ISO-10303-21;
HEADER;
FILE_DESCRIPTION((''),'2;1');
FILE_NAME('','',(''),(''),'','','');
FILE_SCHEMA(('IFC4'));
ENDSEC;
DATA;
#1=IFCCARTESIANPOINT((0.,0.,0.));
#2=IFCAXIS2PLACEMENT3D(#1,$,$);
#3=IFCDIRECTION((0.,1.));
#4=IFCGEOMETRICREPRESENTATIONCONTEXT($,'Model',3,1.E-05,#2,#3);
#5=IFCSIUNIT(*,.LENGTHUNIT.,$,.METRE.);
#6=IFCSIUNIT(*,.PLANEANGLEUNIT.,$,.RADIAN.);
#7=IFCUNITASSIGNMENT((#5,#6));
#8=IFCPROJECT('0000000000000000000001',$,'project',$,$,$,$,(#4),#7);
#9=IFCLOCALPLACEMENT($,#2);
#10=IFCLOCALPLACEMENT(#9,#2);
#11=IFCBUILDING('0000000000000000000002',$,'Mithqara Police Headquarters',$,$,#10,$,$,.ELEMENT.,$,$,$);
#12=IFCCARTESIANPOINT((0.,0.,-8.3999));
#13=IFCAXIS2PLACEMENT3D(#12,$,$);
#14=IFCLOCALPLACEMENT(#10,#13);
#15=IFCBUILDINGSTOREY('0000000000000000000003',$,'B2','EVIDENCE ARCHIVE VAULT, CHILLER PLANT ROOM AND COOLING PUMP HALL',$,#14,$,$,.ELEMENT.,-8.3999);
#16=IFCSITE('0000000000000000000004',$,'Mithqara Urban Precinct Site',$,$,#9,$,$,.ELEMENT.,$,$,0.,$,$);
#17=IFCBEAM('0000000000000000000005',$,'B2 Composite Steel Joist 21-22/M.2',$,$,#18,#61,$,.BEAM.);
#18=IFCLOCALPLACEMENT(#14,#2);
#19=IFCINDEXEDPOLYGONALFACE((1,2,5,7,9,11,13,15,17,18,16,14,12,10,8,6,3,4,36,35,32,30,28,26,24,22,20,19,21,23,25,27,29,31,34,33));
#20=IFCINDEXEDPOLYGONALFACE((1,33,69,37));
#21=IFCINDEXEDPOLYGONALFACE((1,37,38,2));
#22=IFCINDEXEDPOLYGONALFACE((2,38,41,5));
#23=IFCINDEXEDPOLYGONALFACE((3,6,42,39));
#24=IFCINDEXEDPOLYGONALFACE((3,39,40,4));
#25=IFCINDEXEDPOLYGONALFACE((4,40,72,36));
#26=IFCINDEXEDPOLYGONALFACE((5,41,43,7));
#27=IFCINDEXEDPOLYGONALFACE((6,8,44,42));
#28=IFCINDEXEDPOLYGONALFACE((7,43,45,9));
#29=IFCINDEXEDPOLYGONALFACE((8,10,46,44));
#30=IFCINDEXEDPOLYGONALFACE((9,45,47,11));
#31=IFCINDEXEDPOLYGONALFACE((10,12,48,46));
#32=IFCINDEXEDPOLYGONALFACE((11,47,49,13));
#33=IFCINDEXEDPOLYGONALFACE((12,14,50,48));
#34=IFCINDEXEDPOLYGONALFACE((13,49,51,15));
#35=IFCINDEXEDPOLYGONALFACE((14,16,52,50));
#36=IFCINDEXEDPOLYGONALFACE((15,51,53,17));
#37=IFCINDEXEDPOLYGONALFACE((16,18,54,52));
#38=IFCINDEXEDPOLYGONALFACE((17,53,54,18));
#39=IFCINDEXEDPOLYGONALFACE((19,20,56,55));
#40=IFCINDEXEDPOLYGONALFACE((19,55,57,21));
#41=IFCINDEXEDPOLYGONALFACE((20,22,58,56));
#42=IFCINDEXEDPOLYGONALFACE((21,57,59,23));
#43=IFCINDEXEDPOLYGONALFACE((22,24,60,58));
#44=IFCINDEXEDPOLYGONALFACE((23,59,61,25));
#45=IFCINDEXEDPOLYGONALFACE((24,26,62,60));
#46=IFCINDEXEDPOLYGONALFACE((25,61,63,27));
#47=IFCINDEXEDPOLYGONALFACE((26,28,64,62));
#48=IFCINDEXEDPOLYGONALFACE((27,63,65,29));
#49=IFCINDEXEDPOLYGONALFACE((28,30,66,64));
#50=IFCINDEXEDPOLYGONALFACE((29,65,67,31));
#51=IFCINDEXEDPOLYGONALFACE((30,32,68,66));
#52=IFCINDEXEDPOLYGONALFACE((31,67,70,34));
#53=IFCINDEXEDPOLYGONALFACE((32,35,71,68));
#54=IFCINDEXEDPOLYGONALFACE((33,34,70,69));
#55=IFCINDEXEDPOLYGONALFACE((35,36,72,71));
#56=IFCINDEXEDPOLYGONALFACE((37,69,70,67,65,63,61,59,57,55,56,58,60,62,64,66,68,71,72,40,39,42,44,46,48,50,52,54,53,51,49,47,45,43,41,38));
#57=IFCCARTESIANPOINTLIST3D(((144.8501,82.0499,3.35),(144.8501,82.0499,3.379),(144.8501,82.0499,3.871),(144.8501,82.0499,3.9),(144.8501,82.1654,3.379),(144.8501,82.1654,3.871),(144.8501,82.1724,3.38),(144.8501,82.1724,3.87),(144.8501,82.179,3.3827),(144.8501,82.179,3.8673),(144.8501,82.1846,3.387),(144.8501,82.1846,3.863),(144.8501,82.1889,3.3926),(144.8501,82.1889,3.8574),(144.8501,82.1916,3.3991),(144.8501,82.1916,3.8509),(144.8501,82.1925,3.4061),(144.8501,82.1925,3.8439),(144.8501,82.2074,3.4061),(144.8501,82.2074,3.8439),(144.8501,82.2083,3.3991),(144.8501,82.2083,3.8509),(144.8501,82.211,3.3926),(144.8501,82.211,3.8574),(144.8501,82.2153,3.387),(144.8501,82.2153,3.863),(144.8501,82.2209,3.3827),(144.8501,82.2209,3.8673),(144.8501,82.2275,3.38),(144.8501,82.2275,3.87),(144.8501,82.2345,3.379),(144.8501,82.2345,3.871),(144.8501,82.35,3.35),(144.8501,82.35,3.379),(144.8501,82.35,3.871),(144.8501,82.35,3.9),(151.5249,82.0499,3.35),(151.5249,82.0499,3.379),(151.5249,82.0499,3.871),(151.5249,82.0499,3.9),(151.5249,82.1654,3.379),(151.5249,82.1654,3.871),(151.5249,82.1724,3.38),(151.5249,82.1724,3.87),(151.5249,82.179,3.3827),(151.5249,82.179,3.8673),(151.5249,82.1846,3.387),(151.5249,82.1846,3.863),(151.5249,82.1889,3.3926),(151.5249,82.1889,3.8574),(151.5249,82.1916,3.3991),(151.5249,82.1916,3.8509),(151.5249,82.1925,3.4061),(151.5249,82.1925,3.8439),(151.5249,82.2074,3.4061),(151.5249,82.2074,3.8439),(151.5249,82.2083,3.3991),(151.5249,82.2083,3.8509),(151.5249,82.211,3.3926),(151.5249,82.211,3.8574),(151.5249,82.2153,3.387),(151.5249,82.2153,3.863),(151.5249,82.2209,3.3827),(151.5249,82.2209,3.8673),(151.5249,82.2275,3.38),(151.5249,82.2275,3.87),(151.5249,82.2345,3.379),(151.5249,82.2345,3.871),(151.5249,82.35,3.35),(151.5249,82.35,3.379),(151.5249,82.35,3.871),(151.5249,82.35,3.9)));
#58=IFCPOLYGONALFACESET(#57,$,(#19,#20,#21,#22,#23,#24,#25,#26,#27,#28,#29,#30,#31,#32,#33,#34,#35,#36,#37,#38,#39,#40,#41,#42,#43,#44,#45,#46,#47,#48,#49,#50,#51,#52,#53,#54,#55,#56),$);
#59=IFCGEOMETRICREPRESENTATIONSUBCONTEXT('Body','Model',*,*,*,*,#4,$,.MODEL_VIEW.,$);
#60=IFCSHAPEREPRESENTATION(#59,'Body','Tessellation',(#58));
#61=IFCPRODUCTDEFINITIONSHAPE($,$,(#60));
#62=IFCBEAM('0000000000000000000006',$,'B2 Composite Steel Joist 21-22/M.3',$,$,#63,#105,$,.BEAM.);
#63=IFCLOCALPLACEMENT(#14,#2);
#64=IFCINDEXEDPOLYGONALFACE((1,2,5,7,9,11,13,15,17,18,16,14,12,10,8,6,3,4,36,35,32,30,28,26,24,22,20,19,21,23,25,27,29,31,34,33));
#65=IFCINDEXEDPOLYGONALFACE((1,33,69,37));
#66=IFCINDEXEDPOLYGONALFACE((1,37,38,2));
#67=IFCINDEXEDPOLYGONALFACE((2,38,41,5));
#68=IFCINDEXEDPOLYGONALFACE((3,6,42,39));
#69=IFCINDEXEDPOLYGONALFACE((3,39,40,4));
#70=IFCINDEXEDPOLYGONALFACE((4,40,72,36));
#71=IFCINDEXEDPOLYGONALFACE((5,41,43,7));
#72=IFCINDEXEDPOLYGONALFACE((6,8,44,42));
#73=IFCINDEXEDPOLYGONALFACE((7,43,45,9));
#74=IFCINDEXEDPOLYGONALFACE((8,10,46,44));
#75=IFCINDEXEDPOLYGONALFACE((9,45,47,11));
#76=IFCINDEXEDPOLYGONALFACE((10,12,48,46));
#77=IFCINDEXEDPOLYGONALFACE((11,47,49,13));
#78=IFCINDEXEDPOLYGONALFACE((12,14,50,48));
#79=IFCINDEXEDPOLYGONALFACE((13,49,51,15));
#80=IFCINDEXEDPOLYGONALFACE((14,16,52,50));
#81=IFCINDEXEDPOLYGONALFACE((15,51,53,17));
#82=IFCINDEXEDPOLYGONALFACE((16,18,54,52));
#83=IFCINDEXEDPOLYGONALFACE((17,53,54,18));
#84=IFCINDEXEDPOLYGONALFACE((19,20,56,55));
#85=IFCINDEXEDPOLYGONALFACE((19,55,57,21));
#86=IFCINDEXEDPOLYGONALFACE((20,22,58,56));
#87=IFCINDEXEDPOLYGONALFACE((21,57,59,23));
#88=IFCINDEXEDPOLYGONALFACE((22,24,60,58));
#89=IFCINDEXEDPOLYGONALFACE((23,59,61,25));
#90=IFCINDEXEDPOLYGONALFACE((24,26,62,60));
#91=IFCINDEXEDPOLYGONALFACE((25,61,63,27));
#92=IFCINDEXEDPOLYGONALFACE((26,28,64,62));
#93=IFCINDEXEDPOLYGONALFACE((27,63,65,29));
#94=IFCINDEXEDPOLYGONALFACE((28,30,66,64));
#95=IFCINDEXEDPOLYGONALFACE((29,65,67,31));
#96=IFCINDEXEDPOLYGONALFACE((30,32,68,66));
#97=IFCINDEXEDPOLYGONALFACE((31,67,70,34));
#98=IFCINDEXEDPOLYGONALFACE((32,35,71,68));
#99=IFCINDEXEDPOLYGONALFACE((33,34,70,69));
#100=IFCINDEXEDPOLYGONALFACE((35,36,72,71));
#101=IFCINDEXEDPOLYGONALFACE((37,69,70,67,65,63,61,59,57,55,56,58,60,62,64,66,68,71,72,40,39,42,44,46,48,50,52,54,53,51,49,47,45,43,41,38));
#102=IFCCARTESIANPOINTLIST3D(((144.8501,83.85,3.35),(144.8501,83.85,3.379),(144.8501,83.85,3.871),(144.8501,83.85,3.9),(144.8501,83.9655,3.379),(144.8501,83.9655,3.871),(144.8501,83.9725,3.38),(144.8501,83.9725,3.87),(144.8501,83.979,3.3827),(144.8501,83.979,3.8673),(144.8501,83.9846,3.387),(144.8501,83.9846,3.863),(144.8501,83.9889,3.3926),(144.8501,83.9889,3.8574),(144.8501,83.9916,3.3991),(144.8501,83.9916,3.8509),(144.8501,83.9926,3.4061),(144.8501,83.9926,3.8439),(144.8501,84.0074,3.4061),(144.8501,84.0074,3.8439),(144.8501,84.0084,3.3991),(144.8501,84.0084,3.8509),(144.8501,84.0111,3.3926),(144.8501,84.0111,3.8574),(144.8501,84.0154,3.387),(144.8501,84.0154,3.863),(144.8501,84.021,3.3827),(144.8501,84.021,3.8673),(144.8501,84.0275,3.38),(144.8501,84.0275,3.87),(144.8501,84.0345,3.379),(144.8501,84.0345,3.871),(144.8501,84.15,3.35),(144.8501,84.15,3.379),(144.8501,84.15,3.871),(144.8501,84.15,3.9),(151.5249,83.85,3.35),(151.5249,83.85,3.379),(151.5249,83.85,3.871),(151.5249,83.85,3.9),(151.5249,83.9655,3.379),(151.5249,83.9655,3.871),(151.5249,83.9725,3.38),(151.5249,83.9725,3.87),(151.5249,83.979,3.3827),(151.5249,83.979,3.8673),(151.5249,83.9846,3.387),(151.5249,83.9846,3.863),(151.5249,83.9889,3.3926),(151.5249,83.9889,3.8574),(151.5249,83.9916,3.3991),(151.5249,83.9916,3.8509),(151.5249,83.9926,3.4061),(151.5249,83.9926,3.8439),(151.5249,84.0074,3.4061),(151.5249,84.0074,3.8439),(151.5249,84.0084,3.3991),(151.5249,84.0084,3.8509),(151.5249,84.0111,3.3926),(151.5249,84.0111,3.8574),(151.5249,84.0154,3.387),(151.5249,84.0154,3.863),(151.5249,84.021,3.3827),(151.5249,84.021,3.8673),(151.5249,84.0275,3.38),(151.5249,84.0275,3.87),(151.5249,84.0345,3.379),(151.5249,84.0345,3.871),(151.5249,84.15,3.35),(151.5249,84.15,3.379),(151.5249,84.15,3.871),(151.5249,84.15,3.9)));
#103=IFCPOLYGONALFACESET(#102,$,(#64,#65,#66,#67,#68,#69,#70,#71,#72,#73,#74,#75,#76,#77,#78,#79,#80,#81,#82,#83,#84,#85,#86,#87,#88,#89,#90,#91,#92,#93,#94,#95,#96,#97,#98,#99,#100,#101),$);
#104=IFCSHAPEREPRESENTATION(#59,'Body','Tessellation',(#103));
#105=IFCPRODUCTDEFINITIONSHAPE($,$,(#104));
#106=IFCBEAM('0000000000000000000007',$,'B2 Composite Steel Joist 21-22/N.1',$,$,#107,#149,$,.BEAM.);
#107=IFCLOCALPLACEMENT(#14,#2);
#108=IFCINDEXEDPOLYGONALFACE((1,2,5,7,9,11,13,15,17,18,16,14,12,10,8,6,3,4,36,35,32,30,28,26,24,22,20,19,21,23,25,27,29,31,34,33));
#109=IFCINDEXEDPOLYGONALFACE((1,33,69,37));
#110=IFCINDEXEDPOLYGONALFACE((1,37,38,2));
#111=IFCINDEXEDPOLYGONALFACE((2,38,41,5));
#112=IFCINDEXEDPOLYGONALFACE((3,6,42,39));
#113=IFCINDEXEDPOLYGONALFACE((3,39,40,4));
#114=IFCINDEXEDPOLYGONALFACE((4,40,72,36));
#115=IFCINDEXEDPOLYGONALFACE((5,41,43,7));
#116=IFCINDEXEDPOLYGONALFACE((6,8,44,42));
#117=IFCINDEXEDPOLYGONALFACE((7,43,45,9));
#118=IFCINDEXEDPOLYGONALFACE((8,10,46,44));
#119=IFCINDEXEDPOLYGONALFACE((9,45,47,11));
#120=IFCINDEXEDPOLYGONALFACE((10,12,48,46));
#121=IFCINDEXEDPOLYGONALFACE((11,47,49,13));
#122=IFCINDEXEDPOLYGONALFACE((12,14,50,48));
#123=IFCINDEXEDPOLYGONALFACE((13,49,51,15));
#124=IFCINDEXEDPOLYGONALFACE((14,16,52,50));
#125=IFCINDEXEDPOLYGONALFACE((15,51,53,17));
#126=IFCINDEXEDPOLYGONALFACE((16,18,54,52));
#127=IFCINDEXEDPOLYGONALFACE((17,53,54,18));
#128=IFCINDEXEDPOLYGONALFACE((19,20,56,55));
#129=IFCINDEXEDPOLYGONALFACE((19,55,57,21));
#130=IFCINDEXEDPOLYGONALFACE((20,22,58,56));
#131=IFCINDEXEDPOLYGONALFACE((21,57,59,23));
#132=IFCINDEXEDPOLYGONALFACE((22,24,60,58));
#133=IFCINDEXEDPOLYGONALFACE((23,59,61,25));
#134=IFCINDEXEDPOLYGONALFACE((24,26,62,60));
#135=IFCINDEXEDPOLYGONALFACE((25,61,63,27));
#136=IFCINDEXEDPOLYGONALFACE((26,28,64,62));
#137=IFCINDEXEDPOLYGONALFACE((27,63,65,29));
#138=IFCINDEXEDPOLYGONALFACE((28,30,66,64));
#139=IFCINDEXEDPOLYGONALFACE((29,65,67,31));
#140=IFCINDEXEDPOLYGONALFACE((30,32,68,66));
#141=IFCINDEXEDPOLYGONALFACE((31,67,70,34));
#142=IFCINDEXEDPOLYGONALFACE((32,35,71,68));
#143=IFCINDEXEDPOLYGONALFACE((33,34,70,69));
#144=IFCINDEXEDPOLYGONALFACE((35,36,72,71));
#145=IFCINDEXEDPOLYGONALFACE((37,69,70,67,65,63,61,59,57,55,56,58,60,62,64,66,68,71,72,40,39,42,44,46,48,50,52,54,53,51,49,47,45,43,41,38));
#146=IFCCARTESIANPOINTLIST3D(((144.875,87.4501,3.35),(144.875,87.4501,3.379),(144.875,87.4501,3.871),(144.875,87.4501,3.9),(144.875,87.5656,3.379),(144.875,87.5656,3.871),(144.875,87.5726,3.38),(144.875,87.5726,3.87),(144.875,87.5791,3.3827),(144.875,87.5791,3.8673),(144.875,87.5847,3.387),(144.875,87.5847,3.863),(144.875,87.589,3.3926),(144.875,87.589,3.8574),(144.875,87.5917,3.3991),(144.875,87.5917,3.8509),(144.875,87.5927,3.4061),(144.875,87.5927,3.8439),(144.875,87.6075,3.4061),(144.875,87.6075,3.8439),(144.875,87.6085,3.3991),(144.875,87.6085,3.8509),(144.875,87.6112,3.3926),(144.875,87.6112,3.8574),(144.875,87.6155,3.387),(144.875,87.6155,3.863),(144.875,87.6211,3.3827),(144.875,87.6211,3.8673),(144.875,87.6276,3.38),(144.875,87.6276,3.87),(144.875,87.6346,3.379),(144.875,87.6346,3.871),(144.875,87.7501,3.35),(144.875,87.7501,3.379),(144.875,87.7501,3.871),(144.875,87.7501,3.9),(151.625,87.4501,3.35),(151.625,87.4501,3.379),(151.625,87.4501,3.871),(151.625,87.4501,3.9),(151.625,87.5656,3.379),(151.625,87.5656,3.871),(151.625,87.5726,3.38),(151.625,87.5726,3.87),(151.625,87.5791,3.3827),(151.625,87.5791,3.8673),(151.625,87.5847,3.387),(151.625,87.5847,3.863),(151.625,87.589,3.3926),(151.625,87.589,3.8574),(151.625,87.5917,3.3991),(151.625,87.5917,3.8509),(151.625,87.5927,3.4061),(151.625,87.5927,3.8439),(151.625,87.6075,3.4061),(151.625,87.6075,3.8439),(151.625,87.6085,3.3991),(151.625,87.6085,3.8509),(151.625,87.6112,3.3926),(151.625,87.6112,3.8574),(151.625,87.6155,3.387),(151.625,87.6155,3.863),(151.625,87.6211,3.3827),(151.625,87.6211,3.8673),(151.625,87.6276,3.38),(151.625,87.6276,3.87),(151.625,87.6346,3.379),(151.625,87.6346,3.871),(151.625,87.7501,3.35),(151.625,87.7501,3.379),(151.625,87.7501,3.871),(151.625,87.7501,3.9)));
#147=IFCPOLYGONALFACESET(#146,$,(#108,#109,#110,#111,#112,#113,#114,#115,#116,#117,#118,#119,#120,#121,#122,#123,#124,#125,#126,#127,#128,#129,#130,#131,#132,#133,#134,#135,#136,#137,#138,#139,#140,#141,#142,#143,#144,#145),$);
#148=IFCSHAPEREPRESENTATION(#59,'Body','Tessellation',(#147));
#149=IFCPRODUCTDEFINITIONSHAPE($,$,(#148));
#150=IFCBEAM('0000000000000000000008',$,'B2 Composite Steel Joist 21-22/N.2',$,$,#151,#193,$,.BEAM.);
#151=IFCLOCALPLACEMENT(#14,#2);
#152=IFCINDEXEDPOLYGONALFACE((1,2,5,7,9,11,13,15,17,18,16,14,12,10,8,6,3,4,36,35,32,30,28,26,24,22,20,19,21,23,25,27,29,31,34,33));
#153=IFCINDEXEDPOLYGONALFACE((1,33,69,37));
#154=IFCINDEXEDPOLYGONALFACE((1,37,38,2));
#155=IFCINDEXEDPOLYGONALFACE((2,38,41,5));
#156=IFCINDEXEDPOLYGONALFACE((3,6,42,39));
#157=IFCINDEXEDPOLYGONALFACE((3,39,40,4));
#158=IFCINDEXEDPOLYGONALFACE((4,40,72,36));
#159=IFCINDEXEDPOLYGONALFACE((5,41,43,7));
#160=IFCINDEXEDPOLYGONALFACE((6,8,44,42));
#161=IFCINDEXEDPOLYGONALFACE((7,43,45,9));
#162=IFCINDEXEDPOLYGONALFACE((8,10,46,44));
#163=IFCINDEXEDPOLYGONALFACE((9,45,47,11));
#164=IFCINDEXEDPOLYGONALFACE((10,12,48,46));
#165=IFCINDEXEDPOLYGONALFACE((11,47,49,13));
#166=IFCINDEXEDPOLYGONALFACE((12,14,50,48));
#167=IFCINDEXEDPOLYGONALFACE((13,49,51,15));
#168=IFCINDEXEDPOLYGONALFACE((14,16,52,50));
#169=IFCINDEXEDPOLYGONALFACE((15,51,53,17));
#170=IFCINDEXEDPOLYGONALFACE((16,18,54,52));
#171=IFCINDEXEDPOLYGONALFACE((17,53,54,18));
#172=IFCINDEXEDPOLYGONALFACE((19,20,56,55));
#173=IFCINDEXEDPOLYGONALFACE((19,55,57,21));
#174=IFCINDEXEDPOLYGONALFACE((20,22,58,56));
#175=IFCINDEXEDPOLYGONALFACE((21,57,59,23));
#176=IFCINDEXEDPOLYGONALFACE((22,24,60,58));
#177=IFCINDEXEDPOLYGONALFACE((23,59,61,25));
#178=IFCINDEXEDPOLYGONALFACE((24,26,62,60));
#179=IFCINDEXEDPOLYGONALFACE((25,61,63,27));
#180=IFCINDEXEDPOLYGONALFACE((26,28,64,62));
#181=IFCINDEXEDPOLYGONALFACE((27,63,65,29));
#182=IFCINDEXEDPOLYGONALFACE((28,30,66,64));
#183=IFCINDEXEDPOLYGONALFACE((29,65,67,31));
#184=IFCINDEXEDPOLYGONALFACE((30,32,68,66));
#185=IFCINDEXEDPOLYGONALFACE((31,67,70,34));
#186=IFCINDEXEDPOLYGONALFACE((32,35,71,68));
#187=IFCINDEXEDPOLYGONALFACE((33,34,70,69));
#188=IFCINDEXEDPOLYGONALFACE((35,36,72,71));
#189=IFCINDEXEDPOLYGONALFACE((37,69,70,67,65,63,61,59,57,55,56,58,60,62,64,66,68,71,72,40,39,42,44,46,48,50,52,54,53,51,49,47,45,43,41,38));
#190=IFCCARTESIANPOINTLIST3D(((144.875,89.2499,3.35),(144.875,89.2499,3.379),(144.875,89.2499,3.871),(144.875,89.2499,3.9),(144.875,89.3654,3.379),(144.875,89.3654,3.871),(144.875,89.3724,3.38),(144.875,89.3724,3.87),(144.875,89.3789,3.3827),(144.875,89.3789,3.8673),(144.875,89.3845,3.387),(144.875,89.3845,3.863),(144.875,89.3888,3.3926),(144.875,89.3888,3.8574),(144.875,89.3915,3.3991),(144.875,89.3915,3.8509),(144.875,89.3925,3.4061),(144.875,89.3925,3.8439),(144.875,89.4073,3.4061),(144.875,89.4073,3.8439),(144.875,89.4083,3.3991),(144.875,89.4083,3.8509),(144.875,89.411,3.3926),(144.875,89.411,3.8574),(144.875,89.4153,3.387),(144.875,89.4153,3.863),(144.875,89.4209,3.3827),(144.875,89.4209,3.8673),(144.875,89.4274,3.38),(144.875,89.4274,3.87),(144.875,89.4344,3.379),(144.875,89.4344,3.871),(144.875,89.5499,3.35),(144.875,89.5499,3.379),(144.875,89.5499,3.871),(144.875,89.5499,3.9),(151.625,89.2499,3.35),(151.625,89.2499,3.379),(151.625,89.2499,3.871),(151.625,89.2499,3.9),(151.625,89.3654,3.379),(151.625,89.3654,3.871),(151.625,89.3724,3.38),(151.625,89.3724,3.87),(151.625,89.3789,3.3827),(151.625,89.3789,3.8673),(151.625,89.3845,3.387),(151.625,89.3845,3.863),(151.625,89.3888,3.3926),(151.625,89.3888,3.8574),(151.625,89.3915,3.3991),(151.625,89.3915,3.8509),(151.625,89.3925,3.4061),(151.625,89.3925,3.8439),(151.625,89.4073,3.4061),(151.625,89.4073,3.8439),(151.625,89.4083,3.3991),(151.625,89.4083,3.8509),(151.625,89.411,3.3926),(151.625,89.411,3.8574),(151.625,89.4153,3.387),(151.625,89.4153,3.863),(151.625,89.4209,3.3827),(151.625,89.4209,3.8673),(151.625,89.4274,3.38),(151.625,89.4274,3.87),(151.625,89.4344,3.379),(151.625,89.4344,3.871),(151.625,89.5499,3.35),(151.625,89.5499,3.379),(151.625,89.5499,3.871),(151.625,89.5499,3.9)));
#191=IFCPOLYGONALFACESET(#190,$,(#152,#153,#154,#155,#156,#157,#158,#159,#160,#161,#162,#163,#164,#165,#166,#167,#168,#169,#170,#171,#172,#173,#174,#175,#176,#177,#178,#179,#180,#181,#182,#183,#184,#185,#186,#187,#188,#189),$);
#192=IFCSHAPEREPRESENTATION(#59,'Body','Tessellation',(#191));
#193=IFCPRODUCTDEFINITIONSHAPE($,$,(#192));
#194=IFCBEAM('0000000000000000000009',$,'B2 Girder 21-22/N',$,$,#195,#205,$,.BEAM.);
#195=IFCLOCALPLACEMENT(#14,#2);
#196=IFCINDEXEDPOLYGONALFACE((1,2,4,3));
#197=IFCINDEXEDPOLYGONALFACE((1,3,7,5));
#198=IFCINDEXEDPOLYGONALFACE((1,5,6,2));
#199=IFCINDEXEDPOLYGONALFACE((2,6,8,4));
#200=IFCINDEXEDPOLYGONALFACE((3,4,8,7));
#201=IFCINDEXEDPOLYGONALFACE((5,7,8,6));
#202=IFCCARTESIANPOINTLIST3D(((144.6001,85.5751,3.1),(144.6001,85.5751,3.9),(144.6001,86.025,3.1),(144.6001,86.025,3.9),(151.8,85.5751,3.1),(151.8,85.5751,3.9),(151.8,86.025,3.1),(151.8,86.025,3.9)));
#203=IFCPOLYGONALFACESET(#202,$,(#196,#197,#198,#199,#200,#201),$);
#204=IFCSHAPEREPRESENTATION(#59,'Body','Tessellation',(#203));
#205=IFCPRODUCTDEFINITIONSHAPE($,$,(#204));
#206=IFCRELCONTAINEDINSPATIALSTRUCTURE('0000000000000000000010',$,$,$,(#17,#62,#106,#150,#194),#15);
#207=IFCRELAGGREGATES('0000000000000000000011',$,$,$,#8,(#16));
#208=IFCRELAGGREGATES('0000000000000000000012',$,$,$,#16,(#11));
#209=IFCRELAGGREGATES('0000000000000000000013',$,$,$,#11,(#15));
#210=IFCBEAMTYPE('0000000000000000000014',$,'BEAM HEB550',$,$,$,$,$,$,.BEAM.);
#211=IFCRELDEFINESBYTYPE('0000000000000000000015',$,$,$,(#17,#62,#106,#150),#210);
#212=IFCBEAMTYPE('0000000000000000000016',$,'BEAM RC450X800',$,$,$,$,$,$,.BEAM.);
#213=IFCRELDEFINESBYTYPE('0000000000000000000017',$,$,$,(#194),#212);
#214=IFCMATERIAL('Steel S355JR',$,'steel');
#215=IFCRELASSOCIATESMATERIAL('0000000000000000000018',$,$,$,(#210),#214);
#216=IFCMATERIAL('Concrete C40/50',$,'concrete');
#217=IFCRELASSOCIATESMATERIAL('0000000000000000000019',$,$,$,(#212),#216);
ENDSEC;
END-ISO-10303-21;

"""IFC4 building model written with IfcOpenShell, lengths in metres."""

from ifc_helpers import new_model, si_unit, direction, frame, origin, origin_2d, place, context, subcontext, project, spatial, rectangle, i_section, extrude, material, material_profile, profile_set, type_object, element, save


model = new_model("IFC4")

# Units and contexts
model_context = context("Model", 3, precision=1e-05, world=origin(), true_north=direction((0.0, 1.0)))
body_context = subcontext(model_context, "Body", "Model", "MODEL_VIEW")
ifc_project = project(units=[si_unit("LENGTHUNIT", "METRE"), si_unit("PLANEANGLEUNIT", "RADIAN")], contexts=[model_context])

# Site, building, storey
site_placement = place(None, origin())
site = spatial("IfcSite", under=ifc_project, at=site_placement, Name="Mithqara Urban Precinct Site", CompositionType="ELEMENT", RefElevation=0.0)
building_placement = place(site_placement, origin())
building = spatial("IfcBuilding", under=site, at=building_placement, Name="Mithqara Police Headquarters", CompositionType="ELEMENT")
storey_placement = place(building_placement, frame((0.0, 0.0, -8.3999)))
storey = spatial("IfcBuildingStorey", under=building, at=storey_placement, Name="B2", Description="EVIDENCE ARCHIVE VAULT, CHILLER PLANT ROOM AND COOLING PUMP HALL", CompositionType="ELEMENT", Elevation=-8.3999)

# Shared definitions
ifc_material_1 = material(Name="Concrete C40/50", Category="concrete")

# Beams
ifc_material_2 = material(Name="Steel S355JR", Category="steel")
ifc_material_profile_1 = material_profile(ifc_material_2, i_section(OverallWidth=0.3, OverallDepth=0.55, WebThickness=0.0149, FlangeThickness=0.0291, FilletRadius=0.0271, at=origin_2d()), Name="HEB 550")
ifc_profile_set_1 = profile_set([ifc_material_profile_1], Name="Steel S355JR")
beam_type_1 = type_object("IfcBeamType", Name="BEAM HEB550", PredefinedType="BEAM", material=ifc_profile_set_1)
for number, where, z_axis, x_axis, name in (
    (1, (144.8501, 82.2, 3.625), (1.0, 0.0, 0.0), (0.0, 1.0, 0.0), "B2 Composite Steel Joist 21-22/M.2"),
    (2, (144.8501, 84.0, 3.625), (1.0, 0.0, 0.0), (0.0, 1.0, 0.0), "B2 Composite Steel Joist 21-22/M.3"),
):
    element("IfcBeam", number, at=place(storey_placement, frame(where, z_axis=z_axis, x_axis=x_axis)), inside=storey, type_object=beam_type_1, Name=name, PredefinedType="BEAM", context=body_context, shape_type="SweptSolid", body=[
        extrude(i_section(OverallWidth=0.3, OverallDepth=0.55, WebThickness=0.0149, FlangeThickness=0.0291, FilletRadius=0.0271, at=origin_2d()), origin(), (0.0, 0.0, 1.0), 6.6748),
    ])
for number, where, z_axis, x_axis, name in (
    (3, (144.875, 87.6001, 3.625), (1.0, 0.0, 0.0), (0.0, 1.0, 0.0), "B2 Composite Steel Joist 21-22/N.1"),
    (4, (144.875, 89.3999, 3.625), (1.0, 0.0, 0.0), (0.0, 1.0, 0.0), "B2 Composite Steel Joist 21-22/N.2"),
):
    element("IfcBeam", number, at=place(storey_placement, frame(where, z_axis=z_axis, x_axis=x_axis)), inside=storey, type_object=beam_type_1, Name=name, PredefinedType="BEAM", context=body_context, shape_type="SweptSolid", body=[
        extrude(i_section(OverallWidth=0.3, OverallDepth=0.55, WebThickness=0.0149, FlangeThickness=0.0291, FilletRadius=0.0271, at=origin_2d()), origin(), (0.0, 0.0, 1.0), 6.75),
    ])
ifc_material_profile_2 = material_profile(ifc_material_1, rectangle(XDim=0.45, YDim=0.8, at=origin_2d()), Name="RC 450x800")
ifc_profile_set_2 = profile_set([ifc_material_profile_2], Name="Concrete C40/50")
beam_type_2 = type_object("IfcBeamType", Name="BEAM RC450X800", PredefinedType="BEAM", material=ifc_profile_set_2)
beam_1_placement = place(storey_placement, frame((144.6001, 85.8, 3.5), z_axis=(1.0, 0.0, 0.0), x_axis=(0.0, 1.0, 0.0)))
element("IfcBeam", 5, at=beam_1_placement, inside=storey, type_object=beam_type_2, Name="B2 Girder 21-22/N", PredefinedType="BEAM", context=body_context, shape_type="SweptSolid", body=[
    extrude(rectangle(XDim=0.45, YDim=0.8, at=origin_2d()), origin(), (0.0, 0.0, 1.0), 7.2),
])

save(model, "model.ifc")
